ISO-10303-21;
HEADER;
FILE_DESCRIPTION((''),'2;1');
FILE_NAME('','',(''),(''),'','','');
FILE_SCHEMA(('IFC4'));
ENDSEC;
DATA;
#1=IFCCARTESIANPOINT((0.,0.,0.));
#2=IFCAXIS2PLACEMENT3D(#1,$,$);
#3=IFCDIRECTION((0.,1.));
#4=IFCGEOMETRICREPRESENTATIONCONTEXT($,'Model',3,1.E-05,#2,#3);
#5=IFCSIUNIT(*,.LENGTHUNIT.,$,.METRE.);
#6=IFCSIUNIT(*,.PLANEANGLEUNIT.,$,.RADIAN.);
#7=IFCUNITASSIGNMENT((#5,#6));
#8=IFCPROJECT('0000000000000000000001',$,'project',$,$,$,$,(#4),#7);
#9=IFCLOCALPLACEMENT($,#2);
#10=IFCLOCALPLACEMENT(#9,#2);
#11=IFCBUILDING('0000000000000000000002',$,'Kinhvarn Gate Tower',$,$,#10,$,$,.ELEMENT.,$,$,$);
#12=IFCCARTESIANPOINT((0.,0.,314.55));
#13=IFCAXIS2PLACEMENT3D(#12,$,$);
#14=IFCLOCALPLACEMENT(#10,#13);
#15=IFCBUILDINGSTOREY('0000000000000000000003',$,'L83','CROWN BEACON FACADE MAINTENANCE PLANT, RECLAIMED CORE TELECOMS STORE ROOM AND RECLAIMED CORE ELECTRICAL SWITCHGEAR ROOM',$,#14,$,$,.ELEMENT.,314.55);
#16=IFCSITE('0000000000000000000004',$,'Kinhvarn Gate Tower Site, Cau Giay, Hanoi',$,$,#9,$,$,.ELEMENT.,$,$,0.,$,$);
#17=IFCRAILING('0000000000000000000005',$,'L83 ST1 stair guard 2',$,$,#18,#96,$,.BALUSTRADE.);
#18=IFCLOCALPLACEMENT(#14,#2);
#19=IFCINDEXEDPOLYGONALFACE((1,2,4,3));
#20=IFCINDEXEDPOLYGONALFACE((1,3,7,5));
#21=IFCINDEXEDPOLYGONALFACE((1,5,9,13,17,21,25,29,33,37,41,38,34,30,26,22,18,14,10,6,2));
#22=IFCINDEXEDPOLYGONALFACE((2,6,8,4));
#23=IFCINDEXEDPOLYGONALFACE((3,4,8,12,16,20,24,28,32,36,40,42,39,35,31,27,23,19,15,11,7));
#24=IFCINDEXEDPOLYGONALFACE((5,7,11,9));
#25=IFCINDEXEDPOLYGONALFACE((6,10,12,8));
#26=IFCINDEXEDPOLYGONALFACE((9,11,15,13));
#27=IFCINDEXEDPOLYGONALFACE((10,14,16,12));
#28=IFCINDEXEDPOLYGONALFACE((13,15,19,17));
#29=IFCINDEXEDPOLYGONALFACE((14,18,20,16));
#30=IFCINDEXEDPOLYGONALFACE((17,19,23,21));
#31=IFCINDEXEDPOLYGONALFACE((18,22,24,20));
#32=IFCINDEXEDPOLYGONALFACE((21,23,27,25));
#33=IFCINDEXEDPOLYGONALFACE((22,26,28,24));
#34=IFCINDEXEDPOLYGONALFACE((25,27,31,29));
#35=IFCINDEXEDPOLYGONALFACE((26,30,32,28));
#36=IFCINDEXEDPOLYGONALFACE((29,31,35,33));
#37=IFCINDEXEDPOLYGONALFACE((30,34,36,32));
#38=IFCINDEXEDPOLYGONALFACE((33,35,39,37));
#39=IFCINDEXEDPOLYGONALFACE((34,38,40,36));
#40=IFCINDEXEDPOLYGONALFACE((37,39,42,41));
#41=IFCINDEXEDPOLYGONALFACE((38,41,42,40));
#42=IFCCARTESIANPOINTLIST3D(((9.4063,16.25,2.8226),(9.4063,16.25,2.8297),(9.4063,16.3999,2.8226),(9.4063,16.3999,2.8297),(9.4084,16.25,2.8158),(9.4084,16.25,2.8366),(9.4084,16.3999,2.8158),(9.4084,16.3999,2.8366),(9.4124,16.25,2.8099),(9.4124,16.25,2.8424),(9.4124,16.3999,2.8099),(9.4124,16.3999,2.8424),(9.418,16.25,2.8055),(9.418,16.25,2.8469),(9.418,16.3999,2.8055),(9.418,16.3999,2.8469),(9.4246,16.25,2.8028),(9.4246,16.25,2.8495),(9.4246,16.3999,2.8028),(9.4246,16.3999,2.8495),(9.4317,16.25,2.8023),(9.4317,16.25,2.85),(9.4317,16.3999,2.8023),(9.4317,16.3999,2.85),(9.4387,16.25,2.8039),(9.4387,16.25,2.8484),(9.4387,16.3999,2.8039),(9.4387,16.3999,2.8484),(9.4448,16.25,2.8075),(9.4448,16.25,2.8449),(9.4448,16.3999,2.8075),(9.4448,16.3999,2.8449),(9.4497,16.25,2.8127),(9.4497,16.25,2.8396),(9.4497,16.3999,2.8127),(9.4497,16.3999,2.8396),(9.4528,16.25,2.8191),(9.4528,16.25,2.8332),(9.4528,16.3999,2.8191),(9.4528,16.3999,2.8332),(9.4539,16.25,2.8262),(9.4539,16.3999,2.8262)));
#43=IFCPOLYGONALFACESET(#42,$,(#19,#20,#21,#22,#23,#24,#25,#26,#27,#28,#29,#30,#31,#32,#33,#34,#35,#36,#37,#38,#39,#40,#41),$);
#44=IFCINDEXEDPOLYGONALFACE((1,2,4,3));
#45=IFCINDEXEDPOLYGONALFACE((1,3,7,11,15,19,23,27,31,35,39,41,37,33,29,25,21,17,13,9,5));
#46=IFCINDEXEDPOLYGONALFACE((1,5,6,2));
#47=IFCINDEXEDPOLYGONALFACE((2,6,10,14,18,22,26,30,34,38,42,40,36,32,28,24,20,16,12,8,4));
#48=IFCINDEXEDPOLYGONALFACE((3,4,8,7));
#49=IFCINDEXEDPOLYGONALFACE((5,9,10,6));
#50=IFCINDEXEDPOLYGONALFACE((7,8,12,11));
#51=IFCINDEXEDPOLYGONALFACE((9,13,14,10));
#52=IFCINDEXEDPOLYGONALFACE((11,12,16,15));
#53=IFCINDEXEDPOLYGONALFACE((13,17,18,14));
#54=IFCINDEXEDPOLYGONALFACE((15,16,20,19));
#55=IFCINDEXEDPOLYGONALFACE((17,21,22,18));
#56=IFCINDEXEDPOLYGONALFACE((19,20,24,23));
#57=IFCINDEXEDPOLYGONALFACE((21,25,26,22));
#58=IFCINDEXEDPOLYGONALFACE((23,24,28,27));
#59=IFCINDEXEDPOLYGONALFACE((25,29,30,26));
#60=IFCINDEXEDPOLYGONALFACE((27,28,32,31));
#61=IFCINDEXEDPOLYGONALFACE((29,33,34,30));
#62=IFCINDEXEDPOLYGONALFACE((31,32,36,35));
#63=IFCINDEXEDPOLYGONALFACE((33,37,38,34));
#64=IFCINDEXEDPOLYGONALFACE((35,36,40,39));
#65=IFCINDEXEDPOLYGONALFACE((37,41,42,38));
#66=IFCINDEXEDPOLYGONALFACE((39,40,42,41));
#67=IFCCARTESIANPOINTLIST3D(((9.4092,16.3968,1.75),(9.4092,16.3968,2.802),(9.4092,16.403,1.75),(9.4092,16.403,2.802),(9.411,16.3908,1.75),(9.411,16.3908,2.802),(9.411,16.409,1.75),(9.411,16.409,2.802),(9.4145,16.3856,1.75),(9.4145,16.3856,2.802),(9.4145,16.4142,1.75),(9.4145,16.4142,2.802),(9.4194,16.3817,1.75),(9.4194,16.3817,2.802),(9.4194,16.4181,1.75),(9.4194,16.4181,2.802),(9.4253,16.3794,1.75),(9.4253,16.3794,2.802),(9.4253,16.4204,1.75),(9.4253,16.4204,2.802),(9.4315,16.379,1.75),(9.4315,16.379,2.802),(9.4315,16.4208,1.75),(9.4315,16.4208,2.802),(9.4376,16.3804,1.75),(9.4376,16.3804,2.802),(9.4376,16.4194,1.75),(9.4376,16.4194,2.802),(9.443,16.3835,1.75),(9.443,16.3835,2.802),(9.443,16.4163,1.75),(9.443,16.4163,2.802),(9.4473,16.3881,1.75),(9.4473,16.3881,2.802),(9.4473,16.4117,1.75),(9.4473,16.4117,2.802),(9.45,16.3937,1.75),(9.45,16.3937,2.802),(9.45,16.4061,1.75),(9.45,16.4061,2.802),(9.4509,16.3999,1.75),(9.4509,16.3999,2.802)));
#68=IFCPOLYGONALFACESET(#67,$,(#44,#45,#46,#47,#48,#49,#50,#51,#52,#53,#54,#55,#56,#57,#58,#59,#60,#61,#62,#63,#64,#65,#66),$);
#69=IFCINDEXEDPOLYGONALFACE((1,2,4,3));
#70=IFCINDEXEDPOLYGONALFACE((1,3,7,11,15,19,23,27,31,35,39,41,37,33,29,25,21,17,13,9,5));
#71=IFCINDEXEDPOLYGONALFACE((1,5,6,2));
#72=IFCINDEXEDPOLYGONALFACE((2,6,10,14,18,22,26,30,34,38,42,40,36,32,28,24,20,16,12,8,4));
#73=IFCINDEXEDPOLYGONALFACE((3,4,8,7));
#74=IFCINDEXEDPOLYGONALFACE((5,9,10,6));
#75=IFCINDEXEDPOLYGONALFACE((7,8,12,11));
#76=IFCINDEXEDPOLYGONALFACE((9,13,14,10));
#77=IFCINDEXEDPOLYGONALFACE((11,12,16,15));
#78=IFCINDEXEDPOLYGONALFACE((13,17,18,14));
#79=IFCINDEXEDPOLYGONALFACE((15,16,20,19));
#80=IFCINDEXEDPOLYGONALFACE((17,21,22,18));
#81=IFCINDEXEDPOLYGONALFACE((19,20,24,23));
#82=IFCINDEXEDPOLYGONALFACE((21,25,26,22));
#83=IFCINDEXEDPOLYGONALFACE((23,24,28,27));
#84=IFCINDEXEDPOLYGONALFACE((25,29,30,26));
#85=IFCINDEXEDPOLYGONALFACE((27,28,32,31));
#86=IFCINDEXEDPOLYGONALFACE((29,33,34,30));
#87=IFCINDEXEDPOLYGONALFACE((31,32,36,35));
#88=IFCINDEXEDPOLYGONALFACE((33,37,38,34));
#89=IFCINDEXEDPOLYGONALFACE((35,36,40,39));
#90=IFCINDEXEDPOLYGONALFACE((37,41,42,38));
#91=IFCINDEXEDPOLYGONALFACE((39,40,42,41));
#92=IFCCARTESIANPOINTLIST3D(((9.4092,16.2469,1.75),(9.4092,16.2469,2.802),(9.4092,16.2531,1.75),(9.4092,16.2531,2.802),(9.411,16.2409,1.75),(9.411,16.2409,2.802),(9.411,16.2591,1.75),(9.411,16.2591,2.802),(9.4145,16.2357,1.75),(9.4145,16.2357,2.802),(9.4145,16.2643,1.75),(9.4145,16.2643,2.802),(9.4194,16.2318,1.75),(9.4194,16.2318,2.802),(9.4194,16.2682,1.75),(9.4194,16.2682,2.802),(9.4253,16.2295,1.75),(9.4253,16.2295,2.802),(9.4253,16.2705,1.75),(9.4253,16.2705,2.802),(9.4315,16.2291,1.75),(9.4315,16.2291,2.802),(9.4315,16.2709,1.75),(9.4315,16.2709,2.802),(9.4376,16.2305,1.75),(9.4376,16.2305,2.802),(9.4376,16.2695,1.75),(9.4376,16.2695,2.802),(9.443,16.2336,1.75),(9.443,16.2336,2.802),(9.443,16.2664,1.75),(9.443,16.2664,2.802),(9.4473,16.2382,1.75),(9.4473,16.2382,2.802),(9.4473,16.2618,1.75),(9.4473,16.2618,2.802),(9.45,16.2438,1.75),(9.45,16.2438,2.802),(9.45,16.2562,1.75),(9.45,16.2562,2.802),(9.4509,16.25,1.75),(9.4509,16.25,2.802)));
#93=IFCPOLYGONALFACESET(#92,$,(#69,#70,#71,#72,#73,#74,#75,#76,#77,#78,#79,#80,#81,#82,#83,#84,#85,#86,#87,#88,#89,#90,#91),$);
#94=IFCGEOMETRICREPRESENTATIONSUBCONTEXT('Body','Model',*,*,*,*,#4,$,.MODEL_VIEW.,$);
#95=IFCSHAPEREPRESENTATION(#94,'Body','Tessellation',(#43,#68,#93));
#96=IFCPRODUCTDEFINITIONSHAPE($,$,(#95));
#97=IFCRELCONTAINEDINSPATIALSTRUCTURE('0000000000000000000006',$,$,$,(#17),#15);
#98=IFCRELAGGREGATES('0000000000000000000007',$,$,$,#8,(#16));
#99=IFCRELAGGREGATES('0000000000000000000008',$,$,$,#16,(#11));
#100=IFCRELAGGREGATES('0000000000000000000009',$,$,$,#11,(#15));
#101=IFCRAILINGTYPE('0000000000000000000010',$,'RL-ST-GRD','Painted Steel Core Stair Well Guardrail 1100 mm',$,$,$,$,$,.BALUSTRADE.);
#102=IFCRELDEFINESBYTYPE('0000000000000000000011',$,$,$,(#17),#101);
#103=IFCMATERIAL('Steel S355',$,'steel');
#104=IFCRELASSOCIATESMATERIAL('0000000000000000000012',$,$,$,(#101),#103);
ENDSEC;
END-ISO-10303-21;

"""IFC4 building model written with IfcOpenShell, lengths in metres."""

from ifc_helpers import new_model, si_unit, direction, frame, origin, origin_2d, place, context, subcontext, project, spatial, circle, extrude, material, type_object, element, save


model = new_model("IFC4")

# Units and contexts
model_context = context("Model", 3, precision=1e-05, world=origin(), true_north=direction((0.0, 1.0)))
body_context = subcontext(model_context, "Body", "Model", "MODEL_VIEW")
ifc_project = project(units=[si_unit("LENGTHUNIT", "METRE"), si_unit("PLANEANGLEUNIT", "RADIAN")], contexts=[model_context])

# Site, building, storey
site_placement = place(None, origin())
site = spatial("IfcSite", under=ifc_project, at=site_placement, Name="Kinhvarn Gate Tower Site, Cau Giay, Hanoi", CompositionType="ELEMENT", RefElevation=0.0)
building_placement = place(site_placement, origin())
building = spatial("IfcBuilding", under=site, at=building_placement, Name="Kinhvarn Gate Tower", CompositionType="ELEMENT")
storey_placement = place(building_placement, frame((0.0, 0.0, 314.55)))
storey = spatial("IfcBuildingStorey", under=building, at=storey_placement, Name="L83", Description="CROWN BEACON FACADE MAINTENANCE PLANT, RECLAIMED CORE TELECOMS STORE ROOM AND RECLAIMED CORE ELECTRICAL SWITCHGEAR ROOM", CompositionType="ELEMENT", Elevation=314.55)

# Railing
ifc_material_1 = material(Name="Steel S355", Category="steel")
railing_type_1 = type_object("IfcRailingType", Name="RL-ST-GRD", Description="Painted Steel Core Stair Well Guardrail 1100 mm", PredefinedType="BALUSTRADE", material=ifc_material_1)
railing_1_placement = place(storey_placement, frame((9.4299, 16.3999, 1.75)))
element("IfcRailing", 1, at=railing_1_placement, inside=storey, type_object=railing_type_1, Name="L83 ST1 stair guard 2", PredefinedType="BALUSTRADE", context=body_context, shape_type="SweptSolid", body=[
    extrude(circle(Radius=0.0239, at=origin_2d()), frame((0.0, 0.0, 1.0762), z_axis=(0.0, -1.0, 0.0), x_axis=(1.0, 0.0, 0.0)), (0.0, 0.0, 1.0), 0.1499),
    extrude(circle(Radius=0.021, at=origin_2d()), origin(), (0.0, 0.0, 1.0), 1.052),
    extrude(circle(Radius=0.021, at=origin_2d()), frame((0.0, -0.1499, 0.0)), (0.0, 0.0, 1.0), 1.052),
])

save(model, "model.ifc")
